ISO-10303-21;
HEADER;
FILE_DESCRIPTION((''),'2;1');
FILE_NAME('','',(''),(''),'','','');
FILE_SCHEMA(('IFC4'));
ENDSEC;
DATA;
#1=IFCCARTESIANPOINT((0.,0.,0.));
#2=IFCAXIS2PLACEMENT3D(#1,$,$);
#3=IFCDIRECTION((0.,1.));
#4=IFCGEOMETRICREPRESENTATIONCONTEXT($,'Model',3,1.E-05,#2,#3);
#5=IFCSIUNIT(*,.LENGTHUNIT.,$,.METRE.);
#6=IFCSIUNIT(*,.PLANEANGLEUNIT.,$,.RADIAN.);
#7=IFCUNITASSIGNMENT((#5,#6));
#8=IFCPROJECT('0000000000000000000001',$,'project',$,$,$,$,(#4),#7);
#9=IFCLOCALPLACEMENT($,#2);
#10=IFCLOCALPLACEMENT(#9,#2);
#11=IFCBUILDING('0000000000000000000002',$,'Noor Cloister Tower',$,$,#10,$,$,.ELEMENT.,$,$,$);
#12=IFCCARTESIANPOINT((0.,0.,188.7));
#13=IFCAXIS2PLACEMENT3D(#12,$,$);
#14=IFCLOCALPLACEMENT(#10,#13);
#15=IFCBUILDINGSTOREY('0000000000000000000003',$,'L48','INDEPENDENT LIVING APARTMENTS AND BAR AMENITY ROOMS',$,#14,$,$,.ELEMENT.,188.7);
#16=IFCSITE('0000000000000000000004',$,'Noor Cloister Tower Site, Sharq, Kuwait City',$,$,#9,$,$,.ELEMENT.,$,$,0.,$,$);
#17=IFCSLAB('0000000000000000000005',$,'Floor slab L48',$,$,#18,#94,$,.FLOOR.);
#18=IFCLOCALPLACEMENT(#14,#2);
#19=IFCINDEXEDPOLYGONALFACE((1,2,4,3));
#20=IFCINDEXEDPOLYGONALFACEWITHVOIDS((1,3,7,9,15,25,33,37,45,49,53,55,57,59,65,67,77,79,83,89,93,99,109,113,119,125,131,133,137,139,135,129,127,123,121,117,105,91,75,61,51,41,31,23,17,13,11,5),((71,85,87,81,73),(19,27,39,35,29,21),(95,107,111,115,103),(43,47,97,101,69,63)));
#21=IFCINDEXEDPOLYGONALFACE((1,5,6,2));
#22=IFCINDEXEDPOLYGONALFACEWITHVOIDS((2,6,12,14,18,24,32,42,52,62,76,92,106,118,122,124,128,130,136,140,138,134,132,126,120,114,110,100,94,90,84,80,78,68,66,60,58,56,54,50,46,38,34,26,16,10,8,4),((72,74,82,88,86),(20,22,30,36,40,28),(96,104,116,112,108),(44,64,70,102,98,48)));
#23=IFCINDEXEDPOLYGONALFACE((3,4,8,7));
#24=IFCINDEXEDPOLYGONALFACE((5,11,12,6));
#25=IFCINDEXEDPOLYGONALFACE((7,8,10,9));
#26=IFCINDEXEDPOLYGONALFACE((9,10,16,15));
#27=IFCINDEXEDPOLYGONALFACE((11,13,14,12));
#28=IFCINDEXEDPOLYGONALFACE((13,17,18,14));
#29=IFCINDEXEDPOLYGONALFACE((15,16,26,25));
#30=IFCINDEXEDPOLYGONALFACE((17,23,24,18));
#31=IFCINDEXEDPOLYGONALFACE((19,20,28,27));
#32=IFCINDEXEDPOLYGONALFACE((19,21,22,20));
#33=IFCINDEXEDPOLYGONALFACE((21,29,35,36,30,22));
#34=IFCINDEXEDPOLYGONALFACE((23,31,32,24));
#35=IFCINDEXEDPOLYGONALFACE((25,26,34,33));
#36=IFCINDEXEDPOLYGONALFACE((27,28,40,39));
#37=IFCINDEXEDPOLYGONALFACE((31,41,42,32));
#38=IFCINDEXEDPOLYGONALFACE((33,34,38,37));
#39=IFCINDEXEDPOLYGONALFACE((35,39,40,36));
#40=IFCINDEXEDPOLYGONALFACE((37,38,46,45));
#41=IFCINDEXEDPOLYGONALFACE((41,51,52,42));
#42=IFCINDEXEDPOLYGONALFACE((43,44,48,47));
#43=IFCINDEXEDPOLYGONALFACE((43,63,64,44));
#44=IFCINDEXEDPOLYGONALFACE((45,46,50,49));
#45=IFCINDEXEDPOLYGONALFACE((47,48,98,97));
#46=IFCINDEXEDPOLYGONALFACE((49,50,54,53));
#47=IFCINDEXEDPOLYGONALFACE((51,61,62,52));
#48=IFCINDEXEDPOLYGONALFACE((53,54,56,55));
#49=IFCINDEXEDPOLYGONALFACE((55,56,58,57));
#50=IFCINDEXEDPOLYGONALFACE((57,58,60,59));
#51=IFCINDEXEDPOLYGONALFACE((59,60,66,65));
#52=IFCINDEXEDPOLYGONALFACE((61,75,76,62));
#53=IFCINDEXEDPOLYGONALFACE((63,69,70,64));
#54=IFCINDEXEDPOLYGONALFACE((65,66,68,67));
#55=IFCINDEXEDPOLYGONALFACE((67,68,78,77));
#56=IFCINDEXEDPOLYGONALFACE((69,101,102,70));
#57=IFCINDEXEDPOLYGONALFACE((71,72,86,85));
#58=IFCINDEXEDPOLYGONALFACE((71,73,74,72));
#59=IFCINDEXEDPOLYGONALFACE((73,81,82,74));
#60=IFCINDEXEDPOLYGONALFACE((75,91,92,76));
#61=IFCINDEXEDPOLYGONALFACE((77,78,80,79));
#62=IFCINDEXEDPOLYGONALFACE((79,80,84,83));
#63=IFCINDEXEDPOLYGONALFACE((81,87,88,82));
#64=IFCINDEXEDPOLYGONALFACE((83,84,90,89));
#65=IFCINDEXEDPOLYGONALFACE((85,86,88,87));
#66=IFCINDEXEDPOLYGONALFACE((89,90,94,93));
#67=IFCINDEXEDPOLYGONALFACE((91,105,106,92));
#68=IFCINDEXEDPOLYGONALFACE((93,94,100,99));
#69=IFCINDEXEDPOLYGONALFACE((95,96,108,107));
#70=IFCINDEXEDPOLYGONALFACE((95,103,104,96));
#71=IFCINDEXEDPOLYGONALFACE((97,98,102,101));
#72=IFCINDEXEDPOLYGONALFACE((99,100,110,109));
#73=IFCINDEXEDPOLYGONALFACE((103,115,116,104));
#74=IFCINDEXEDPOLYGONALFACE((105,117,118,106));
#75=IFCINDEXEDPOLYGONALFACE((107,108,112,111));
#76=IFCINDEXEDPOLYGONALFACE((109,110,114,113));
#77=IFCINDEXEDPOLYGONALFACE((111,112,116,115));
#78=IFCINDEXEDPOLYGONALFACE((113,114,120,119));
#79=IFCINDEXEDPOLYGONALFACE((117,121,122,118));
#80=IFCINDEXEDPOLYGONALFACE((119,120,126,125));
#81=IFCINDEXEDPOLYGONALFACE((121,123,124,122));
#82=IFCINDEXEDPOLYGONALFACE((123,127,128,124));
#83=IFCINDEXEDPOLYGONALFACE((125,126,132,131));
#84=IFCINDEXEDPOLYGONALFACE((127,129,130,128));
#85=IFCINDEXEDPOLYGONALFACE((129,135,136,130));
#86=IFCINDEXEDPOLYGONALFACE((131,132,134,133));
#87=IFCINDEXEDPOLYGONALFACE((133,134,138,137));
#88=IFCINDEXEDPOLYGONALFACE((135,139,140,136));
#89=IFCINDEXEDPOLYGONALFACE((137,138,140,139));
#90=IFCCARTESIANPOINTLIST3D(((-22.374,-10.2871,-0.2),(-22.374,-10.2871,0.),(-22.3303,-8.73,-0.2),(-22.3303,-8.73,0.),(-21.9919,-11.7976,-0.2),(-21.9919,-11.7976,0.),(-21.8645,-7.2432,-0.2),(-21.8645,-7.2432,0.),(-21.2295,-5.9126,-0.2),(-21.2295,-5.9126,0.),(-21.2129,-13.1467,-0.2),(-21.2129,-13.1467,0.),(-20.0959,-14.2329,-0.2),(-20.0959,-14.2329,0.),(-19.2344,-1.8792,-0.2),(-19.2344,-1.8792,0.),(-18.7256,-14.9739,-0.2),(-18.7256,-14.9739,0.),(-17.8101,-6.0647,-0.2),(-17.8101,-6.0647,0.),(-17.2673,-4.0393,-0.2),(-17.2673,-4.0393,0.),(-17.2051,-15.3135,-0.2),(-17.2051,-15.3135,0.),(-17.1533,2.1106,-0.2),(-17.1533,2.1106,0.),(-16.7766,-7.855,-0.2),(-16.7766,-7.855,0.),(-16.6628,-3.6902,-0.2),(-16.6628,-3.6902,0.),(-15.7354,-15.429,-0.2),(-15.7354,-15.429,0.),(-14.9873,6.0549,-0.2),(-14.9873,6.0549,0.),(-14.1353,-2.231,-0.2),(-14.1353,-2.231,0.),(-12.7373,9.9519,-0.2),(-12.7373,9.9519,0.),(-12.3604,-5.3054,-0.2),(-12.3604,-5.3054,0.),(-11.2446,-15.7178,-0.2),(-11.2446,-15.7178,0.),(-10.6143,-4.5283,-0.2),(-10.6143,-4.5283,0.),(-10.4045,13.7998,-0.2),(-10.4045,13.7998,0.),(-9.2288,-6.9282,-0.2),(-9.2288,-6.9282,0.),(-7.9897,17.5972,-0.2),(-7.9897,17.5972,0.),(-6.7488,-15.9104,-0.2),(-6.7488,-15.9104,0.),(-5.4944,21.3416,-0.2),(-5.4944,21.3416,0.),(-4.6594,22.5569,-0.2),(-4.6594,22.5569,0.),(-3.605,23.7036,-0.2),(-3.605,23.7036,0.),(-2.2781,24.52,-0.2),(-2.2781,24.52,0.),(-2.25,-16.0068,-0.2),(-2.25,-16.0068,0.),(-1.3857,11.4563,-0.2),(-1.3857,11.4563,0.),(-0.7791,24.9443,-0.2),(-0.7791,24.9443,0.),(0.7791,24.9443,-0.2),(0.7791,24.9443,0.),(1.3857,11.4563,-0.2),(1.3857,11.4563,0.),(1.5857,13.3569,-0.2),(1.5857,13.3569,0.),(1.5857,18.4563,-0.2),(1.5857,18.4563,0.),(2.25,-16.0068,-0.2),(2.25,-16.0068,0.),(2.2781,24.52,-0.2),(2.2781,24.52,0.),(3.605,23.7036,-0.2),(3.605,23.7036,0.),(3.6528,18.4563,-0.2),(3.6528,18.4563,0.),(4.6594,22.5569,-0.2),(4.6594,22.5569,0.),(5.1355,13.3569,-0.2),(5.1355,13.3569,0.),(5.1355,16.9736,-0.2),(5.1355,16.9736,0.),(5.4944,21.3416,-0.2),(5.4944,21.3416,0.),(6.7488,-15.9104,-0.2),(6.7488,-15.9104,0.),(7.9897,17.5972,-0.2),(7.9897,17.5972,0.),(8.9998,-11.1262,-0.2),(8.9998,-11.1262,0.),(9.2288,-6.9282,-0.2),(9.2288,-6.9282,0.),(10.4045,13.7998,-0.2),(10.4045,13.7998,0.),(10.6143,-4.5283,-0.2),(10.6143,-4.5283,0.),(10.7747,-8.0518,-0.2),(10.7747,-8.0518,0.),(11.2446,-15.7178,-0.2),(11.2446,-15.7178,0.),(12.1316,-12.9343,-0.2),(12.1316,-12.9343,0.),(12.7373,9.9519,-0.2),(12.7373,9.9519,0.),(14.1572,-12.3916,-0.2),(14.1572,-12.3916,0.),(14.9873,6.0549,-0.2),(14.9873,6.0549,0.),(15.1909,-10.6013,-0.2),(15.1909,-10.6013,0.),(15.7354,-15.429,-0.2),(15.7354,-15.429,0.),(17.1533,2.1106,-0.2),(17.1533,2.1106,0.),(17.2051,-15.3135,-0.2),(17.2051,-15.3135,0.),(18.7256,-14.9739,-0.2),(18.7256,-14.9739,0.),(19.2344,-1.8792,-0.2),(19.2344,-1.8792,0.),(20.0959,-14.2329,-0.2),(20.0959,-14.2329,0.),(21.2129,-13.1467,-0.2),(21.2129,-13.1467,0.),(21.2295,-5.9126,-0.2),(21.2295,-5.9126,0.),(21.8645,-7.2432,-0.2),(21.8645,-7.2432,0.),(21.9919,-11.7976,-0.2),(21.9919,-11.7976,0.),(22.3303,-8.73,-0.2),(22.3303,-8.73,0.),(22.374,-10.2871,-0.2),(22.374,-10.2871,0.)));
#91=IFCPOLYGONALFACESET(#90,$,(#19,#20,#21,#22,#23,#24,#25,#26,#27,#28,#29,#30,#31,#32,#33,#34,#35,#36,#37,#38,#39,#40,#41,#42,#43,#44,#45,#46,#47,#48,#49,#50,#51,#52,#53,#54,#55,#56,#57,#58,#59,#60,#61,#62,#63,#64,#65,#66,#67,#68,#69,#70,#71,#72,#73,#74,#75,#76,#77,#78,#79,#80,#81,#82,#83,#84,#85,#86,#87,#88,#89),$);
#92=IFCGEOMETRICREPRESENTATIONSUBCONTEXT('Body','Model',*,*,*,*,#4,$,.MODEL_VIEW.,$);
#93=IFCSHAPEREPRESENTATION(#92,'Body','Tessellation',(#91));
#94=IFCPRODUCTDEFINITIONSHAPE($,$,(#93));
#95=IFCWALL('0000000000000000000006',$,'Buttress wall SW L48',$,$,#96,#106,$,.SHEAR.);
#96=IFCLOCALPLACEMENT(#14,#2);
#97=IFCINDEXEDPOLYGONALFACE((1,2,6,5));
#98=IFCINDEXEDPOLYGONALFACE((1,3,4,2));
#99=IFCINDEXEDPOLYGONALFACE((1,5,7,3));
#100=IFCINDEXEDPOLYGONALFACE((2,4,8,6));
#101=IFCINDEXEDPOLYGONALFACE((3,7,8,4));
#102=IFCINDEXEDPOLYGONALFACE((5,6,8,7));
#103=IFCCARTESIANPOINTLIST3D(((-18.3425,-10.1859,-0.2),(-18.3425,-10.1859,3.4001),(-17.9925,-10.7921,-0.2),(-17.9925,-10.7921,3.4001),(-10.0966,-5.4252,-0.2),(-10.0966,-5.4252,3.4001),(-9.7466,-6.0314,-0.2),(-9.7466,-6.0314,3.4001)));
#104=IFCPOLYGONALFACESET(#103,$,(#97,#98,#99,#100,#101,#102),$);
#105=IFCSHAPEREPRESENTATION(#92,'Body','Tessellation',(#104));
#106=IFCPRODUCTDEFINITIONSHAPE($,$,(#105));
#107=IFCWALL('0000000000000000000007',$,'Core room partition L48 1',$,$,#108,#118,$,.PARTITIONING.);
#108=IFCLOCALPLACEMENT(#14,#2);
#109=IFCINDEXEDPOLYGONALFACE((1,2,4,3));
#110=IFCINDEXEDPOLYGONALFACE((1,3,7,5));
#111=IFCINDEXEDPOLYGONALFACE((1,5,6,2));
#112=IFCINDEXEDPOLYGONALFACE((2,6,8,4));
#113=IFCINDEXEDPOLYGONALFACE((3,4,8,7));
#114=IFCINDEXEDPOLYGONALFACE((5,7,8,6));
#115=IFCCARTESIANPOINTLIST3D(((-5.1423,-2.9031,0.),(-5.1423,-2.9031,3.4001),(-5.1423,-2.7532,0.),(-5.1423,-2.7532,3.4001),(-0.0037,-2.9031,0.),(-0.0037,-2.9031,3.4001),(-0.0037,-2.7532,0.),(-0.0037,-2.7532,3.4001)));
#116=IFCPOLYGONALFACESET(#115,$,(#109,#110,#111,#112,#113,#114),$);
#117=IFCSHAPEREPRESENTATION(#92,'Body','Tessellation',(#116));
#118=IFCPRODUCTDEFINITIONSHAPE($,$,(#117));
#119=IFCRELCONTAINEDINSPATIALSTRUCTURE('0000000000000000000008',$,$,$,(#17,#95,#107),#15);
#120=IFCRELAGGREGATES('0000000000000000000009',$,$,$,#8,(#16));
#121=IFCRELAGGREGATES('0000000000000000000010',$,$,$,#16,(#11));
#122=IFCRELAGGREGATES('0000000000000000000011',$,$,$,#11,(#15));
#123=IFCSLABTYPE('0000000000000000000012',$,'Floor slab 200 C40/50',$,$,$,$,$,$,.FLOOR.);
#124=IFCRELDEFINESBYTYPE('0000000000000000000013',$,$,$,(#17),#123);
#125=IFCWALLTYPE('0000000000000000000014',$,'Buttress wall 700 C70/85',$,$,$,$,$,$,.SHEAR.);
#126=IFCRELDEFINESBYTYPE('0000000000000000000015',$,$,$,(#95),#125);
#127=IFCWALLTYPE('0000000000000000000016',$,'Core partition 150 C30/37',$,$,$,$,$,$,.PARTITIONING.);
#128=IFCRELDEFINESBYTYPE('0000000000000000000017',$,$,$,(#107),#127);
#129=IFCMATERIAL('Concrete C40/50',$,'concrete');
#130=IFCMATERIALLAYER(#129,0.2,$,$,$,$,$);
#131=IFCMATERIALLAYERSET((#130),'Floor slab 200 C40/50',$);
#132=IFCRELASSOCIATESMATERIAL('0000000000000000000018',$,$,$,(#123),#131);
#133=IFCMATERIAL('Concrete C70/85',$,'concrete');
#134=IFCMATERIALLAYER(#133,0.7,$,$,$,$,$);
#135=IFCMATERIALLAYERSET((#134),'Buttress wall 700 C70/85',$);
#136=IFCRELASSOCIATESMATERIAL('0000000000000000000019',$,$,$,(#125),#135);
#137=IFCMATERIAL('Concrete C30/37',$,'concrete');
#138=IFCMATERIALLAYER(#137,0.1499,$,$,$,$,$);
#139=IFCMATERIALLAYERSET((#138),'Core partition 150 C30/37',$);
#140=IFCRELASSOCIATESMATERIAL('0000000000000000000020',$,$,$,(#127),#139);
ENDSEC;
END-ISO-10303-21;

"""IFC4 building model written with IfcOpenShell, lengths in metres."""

from ifc_helpers import new_model, si_unit, direction, frame, frame_2d, origin, place, context, subcontext, project, spatial, polyline, rectangle, outline, extrude, material, layer, layer_set, type_object, element, save


model = new_model("IFC4")

# Units and contexts
model_context = context("Model", 3, precision=1e-05, world=origin(), true_north=direction((0.0, 1.0)))
body_context = subcontext(model_context, "Body", "Model", "MODEL_VIEW")
ifc_project = project(units=[si_unit("LENGTHUNIT", "METRE"), si_unit("PLANEANGLEUNIT", "RADIAN")], contexts=[model_context])

# Site, building, storey
site_placement = place(None, origin())
site = spatial("IfcSite", under=ifc_project, at=site_placement, Name="Noor Cloister Tower Site, Sharq, Kuwait City", CompositionType="ELEMENT", RefElevation=0.0)
building_placement = place(site_placement, origin())
building = spatial("IfcBuilding", under=site, at=building_placement, Name="Noor Cloister Tower", CompositionType="ELEMENT")
storey_placement = place(building_placement, frame((0.0, 0.0, 188.7)))
storey = spatial("IfcBuildingStorey", under=building, at=storey_placement, Name="L48", Description="INDEPENDENT LIVING APARTMENTS AND BAR AMENITY ROOMS", CompositionType="ELEMENT", Elevation=188.7)

# Slab
ifc_material_1 = material(Name="Concrete C40/50", Category="concrete")
ifc_layer_1 = layer(ifc_material_1, 0.2)
ifc_layer_set_1 = layer_set([ifc_layer_1], Name="Floor slab 200 C40/50")
slab_type = type_object("IfcSlabType", Name="Floor slab 200 C40/50", PredefinedType="FLOOR", material=ifc_layer_set_1)
slab_placement = place(storey_placement, frame((0.0, 0.0, -0.2)))
element("IfcSlab", 1, at=slab_placement, inside=storey, type_object=slab_type, Name="Floor slab L48", PredefinedType="FLOOR", context=body_context, shape_type="SweptSolid", body=[
    extrude(outline(polyline([(4.6594, 22.5569), (3.605, 23.7036), (2.2781, 24.52), (0.7791, 24.9443), (-0.7791, 24.9443), (-2.2781, 24.52), (-3.605, 23.7036), (-4.6594, 22.5569), (-5.4944, 21.3416), (-7.9897, 17.5972), (-10.4045, 13.7998), (-12.7373, 9.9519), (-14.9873, 6.0549), (-17.1533, 2.1106), (-19.2344, -1.8792), (-21.2295, -5.9126), (-21.8645, -7.2432), (-22.3303, -8.73), (-22.374, -10.2871), (-21.9919, -11.7976), (-21.2129, -13.1467), (-20.0959, -14.2329), (-18.7256, -14.9739), (-17.2051, -15.3135), (-15.7354, -15.429), (-11.2446, -15.7178), (-6.7488, -15.9104), (-2.25, -16.0068), (2.25, -16.0068), (6.7488, -15.9104), (11.2446, -15.7178), (15.7354, -15.429), (17.2051, -15.3135), (18.7256, -14.9739), (20.0959, -14.2329), (21.2129, -13.1467), (21.9919, -11.7976), (22.374, -10.2871), (22.3303, -8.73), (21.8645, -7.2432), (21.2295, -5.9126), (19.2344, -1.8792), (17.1533, 2.1106), (14.9873, 6.0549), (12.7373, 9.9519), (10.4045, 13.7998), (7.9897, 17.5972), (5.4944, 21.3416), (4.6594, 22.5569)]), holes=[polyline([(8.9998, -11.1262), (12.1316, -12.9343), (14.1572, -12.3916), (15.1909, -10.6013), (10.7747, -8.0518), (8.9998, -11.1262)]), polyline([(-17.8101, -6.0647), (-16.7766, -7.855), (-12.3604, -5.3054), (-14.1353, -2.231), (-16.6628, -3.6902), (-17.2673, -4.0393), (-17.8101, -6.0647)]), polyline([(-10.6143, -4.5283), (-9.2288, -6.9282), (9.2288, -6.9282), (10.6143, -4.5283), (1.3857, 11.4563), (-1.3857, 11.4563), (-10.6143, -4.5283)]), polyline([(3.6528, 18.4563), (1.5857, 18.4563), (1.5857, 13.3569), (5.1355, 13.3569), (5.1355, 16.9736), (3.6528, 18.4563)])]), origin(), (0.0, 0.0, 1.0), 0.2),
])

# Walls
ifc_material_2 = material(Name="Concrete C70/85", Category="concrete")
ifc_layer_2 = layer(ifc_material_2, 0.7)
ifc_layer_set_2 = layer_set([ifc_layer_2], Name="Buttress wall 700 C70/85")
wall_type_1 = type_object("IfcWallType", Name="Buttress wall 700 C70/85", PredefinedType="SHEAR", material=ifc_layer_set_2)
wall_1_placement = place(storey_placement, frame((-9.9216, -5.7283, -0.2), z_axis=(0.0, 0.0, 1.0), x_axis=(-0.866025, -0.5, 0.0)))
element("IfcWall", 2, at=wall_1_placement, inside=storey, type_object=wall_type_1, Name="Buttress wall SW L48", PredefinedType="SHEAR", context=body_context, shape_type="SweptSolid", body=[
    extrude(rectangle(XDim=9.5215, YDim=0.7, at=frame_2d((4.7607, 0.0))), origin(), (0.0, 0.0, 1.0), 3.6001),
])
ifc_material_3 = material(Name="Concrete C30/37", Category="concrete")
ifc_layer_3 = layer(ifc_material_3, 0.1499)
ifc_layer_set_3 = layer_set([ifc_layer_3], Name="Core partition 150 C30/37")
wall_type_2 = type_object("IfcWallType", Name="Core partition 150 C30/37", PredefinedType="PARTITIONING", material=ifc_layer_set_3)
wall_2_placement = place(storey_placement, frame((-5.1423, -2.8281, 0.0), z_axis=(0.0, 0.0, 1.0), x_axis=(1.0, 0.0, 0.0)))
element("IfcWall", 3, at=wall_2_placement, inside=storey, type_object=wall_type_2, Name="Core room partition L48 1", PredefinedType="PARTITIONING", context=body_context, shape_type="SweptSolid", body=[
    extrude(rectangle(XDim=5.1387, YDim=0.1499, at=frame_2d((2.5693, 0.0))), origin(), (0.0, 0.0, 1.0), 3.4001),
])

save(model, "model.ifc")
